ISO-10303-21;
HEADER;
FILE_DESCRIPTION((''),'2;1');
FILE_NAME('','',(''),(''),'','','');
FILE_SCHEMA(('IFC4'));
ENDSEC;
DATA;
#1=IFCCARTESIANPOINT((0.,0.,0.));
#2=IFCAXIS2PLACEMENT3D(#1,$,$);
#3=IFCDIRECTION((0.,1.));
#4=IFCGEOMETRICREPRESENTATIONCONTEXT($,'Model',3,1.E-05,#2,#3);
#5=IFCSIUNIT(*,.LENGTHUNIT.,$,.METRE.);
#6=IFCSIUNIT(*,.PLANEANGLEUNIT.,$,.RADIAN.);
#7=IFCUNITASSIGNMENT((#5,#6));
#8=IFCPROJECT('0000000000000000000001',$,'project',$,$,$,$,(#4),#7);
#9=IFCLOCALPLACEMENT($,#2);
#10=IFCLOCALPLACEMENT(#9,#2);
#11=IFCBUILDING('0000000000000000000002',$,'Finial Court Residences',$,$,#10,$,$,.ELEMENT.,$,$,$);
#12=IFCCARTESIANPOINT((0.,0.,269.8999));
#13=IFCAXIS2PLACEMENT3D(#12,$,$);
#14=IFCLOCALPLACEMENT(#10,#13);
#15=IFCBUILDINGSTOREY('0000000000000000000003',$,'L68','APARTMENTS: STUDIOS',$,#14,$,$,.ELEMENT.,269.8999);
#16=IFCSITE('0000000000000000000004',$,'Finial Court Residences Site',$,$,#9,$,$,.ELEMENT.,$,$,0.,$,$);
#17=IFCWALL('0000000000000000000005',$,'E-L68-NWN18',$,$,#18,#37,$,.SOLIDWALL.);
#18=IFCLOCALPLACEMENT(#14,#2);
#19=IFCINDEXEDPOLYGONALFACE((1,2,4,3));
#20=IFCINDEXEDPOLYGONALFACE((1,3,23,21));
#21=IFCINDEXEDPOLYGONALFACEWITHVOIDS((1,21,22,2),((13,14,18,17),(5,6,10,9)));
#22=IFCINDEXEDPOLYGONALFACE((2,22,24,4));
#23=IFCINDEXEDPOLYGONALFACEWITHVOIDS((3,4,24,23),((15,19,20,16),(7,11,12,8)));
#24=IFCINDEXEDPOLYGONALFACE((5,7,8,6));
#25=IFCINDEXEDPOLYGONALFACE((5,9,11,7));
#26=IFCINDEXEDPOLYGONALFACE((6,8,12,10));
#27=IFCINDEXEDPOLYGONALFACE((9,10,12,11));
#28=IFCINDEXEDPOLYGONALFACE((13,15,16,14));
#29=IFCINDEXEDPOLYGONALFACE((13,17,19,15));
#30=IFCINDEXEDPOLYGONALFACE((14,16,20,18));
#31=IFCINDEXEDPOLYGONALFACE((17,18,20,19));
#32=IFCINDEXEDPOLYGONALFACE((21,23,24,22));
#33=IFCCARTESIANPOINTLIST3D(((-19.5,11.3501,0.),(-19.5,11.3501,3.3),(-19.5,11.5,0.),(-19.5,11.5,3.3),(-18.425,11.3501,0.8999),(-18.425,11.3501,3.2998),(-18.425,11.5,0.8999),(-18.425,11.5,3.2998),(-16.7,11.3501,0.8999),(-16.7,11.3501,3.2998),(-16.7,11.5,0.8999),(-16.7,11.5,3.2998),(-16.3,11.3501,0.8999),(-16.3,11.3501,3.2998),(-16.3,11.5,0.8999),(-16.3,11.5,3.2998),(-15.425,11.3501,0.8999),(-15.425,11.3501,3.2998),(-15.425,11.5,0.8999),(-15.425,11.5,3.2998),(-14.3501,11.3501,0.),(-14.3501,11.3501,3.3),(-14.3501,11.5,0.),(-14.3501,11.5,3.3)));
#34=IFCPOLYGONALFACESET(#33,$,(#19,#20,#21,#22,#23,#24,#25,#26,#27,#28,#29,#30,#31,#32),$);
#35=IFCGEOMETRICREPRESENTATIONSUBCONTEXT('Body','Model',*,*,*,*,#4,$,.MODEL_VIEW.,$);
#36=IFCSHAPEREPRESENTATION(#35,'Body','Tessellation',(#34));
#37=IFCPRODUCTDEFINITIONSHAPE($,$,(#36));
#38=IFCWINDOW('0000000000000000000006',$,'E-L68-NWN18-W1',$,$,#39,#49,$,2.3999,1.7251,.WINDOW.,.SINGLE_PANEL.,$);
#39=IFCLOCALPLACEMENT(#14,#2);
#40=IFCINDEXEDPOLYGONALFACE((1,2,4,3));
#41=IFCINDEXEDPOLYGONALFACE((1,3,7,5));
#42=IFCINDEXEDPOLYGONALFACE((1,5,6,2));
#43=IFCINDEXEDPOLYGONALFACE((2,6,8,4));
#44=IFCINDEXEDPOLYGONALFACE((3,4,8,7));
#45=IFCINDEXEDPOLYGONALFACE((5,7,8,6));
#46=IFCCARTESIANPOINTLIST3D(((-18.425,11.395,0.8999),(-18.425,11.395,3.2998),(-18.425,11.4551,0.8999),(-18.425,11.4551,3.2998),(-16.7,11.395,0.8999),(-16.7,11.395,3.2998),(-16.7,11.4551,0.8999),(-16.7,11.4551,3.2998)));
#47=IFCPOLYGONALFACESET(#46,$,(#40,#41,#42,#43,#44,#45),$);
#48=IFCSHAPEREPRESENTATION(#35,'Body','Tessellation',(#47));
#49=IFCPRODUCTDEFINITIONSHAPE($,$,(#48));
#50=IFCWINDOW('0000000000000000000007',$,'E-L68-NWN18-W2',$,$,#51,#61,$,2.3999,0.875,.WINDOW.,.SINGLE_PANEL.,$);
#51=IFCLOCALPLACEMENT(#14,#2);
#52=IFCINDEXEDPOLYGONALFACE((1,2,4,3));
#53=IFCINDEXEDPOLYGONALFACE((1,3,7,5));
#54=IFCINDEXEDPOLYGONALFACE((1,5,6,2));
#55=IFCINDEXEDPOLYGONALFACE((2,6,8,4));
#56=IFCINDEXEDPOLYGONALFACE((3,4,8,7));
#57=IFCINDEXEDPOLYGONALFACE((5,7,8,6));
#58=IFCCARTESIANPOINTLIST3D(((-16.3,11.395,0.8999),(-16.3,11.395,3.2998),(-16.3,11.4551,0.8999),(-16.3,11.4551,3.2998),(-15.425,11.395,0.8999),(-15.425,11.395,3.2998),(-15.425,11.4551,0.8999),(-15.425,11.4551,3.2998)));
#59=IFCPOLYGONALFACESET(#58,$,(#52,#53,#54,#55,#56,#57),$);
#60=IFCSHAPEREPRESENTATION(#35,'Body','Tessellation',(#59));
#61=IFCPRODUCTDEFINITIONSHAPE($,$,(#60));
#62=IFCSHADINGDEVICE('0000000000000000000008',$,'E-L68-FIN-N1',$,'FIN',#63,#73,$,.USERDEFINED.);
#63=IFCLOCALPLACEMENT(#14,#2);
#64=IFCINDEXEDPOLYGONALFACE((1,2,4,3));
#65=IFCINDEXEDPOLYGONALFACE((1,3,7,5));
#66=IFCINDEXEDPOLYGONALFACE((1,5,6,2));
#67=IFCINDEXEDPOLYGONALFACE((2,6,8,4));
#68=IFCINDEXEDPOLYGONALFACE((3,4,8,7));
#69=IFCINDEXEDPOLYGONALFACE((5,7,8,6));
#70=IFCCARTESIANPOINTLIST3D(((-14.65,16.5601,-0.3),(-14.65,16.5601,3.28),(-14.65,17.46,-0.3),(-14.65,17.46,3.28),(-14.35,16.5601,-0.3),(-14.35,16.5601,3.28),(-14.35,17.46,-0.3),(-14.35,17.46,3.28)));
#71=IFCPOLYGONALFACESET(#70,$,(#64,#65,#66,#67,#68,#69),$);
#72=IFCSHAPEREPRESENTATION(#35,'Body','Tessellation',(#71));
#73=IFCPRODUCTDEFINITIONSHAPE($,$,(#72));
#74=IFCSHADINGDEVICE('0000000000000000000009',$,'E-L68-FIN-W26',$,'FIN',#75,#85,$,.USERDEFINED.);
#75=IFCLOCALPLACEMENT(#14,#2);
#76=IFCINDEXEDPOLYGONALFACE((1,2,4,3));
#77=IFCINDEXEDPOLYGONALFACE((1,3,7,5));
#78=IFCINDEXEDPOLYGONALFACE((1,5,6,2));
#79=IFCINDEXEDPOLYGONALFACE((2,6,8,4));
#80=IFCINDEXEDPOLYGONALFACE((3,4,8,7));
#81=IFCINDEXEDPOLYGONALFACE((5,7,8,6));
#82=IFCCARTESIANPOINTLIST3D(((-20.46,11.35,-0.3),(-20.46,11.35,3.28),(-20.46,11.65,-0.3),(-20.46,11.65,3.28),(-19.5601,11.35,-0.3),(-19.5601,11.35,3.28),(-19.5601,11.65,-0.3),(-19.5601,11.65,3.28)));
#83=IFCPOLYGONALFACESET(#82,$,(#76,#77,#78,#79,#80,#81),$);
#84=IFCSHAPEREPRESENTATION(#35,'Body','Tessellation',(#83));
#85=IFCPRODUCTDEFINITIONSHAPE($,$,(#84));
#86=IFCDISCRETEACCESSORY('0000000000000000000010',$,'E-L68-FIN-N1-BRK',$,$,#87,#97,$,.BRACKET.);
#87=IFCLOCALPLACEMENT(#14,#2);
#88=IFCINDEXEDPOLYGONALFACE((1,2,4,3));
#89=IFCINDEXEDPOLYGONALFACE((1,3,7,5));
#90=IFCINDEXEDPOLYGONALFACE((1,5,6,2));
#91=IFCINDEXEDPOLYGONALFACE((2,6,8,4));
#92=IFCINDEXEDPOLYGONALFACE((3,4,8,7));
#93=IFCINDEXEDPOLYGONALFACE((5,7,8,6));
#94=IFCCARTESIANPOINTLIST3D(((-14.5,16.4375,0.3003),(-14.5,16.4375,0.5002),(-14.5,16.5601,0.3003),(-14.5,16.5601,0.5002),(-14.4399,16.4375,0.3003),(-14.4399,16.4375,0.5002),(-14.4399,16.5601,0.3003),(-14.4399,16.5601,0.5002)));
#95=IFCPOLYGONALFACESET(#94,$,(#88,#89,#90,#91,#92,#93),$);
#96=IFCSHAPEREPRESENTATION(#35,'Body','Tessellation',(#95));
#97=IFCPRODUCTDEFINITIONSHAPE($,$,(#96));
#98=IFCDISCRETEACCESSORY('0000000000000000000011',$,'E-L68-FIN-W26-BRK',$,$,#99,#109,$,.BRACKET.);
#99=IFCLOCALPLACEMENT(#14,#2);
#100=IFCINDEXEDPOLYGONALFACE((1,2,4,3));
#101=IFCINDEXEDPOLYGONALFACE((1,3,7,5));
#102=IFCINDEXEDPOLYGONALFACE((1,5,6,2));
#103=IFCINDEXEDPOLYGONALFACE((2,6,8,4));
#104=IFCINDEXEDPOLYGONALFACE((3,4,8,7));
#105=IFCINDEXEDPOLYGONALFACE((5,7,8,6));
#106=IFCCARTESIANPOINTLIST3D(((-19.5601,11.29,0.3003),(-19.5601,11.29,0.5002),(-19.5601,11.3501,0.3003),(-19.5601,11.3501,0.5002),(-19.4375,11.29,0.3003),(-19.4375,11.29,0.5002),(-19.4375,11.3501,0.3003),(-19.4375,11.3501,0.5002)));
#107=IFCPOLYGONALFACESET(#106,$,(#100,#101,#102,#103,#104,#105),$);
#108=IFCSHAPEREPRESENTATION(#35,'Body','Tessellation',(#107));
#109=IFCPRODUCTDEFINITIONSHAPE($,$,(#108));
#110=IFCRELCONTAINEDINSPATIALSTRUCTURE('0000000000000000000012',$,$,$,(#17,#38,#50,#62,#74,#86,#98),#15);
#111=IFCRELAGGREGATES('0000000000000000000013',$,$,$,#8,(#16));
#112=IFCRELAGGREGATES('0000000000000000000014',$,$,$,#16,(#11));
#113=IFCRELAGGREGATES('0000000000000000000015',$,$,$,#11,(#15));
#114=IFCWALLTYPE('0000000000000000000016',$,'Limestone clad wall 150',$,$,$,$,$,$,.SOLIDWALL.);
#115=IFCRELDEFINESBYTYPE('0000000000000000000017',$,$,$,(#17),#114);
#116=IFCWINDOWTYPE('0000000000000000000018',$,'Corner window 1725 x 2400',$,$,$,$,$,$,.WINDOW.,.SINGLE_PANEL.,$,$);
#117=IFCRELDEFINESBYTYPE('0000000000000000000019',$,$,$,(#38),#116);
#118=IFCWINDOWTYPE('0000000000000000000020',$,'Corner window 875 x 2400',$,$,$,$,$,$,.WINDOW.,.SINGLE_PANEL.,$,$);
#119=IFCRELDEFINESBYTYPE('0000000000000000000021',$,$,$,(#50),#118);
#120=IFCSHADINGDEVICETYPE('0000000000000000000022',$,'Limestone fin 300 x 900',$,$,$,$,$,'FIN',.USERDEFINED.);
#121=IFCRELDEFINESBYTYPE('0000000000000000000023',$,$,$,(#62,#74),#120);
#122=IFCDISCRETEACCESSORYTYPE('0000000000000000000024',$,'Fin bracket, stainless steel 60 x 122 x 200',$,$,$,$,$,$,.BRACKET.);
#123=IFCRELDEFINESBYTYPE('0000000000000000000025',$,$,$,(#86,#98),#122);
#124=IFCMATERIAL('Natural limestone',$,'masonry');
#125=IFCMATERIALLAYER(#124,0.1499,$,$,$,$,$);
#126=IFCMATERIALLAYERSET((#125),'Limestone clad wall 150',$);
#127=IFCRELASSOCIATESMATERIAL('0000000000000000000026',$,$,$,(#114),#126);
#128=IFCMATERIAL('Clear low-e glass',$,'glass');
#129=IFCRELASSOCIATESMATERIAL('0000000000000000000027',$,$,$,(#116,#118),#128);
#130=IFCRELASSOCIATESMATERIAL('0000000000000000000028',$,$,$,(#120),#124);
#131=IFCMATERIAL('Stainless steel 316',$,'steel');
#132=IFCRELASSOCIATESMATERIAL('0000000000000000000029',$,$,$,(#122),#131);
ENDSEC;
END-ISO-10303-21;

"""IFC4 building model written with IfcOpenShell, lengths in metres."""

from ifc_helpers import new_model, si_unit, direction, frame, frame_2d, origin, origin_2d, place, context, subcontext, project, spatial, rectangle, extrude, material, layer, layer_set, type_object, element, fill, save


model = new_model("IFC4")

# Units and contexts
model_context = context("Model", 3, precision=1e-05, world=origin(), true_north=direction((0.0, 1.0)))
body_context = subcontext(model_context, "Body", "Model", "MODEL_VIEW")
ifc_project = project(units=[si_unit("LENGTHUNIT", "METRE"), si_unit("PLANEANGLEUNIT", "RADIAN")], contexts=[model_context])

# Site, building, storey
site_placement = place(None, origin())
site = spatial("IfcSite", under=ifc_project, at=site_placement, Name="Finial Court Residences Site", CompositionType="ELEMENT", RefElevation=0.0)
building_placement = place(site_placement, origin())
building = spatial("IfcBuilding", under=site, at=building_placement, Name="Finial Court Residences", CompositionType="ELEMENT")
storey_placement = place(building_placement, frame((0.0, 0.0, 269.8999)))
storey = spatial("IfcBuildingStorey", under=building, at=storey_placement, Name="L68", Description="APARTMENTS: STUDIOS", CompositionType="ELEMENT", Elevation=269.8999)

# Shared definitions
ifc_material_1 = material(Name="Clear low-e glass", Category="glass")

# Shared definitions
ifc_material_2 = material(Name="Natural limestone", Category="masonry")
ifc_layer_1 = layer(ifc_material_2, 0.1499)
ifc_layer_set_1 = layer_set([ifc_layer_1], Name="Limestone clad wall 150")
wall_type = type_object("IfcWallType", Name="Limestone clad wall 150", PredefinedType="SOLIDWALL", material=ifc_layer_set_1)

# Wall, openings, windows
wall_1_placement = place(storey_placement, frame((-19.5, 11.425, 0.0), z_axis=(0.0, 0.0, 1.0), x_axis=(1.0, 0.0, 0.0)))
wall_1 = element("IfcWall", 1, at=wall_1_placement, inside=storey, type_object=wall_type, Name="E-L68-NWN18", PredefinedType="SOLIDWALL", context=body_context, shape_type="SweptSolid", body=[
    extrude(rectangle(XDim=5.1499, YDim=0.1499, at=frame_2d((2.575, 0.0))), origin(), (0.0, 0.0, 1.0), 3.3),
])
opening_1_placement = place(wall_1_placement, frame((1.075, 0.0, 0.8999)))
opening_1 = element("IfcOpeningElement", 2, at=opening_1_placement, cuts=wall_1, PredefinedType="OPENING", context=body_context, shape_type="SweptSolid", body=[
    extrude(rectangle(XDim=1.7251, YDim=2.3999, at=frame_2d((0.8625, 1.2))), frame((0.0, 0.085, 0.0), z_axis=(0.0, -1.0, 0.0), x_axis=(1.0, 0.0, 0.0)), (0.0, 0.0, 1.0), 0.1699),
])
opening_2_placement = place(wall_1_placement, frame((3.2, 0.0, 0.8999)))
opening_2 = element("IfcOpeningElement", 3, at=opening_2_placement, cuts=wall_1, PredefinedType="OPENING", context=body_context, shape_type="SweptSolid", body=[
    extrude(rectangle(XDim=0.875, YDim=2.3999, at=frame_2d((0.4375, 1.2))), frame((0.0, 0.085, 0.0), z_axis=(0.0, -1.0, 0.0), x_axis=(1.0, 0.0, 0.0)), (0.0, 0.0, 1.0), 0.1699),
])
window_type_1 = type_object("IfcWindowType", Name="Corner window 1725 x 2400", PartitioningType="SINGLE_PANEL", PredefinedType="WINDOW", material=ifc_material_1)
window_1_placement = place(opening_1_placement, origin())
window_1 = element("IfcWindow", 4, at=window_1_placement, inside=storey, type_object=window_type_1, Name="E-L68-NWN18-W1", OverallHeight=2.3999, OverallWidth=1.7251, PartitioningType="SINGLE_PANEL", PredefinedType="WINDOW", context=body_context, shape_type="SweptSolid", body=[
    extrude(rectangle(XDim=1.7251, YDim=2.3999, at=frame_2d((0.8625, 1.2))), frame((0.0, 0.03, 0.0), z_axis=(0.0, -1.0, 0.0), x_axis=(1.0, 0.0, 0.0)), (0.0, 0.0, 1.0), 0.0601),
])
fill(opening_1, window_1)
window_type_2 = type_object("IfcWindowType", Name="Corner window 875 x 2400", PartitioningType="SINGLE_PANEL", PredefinedType="WINDOW", material=ifc_material_1)
window_2_placement = place(opening_2_placement, origin())
window_2 = element("IfcWindow", 5, at=window_2_placement, inside=storey, type_object=window_type_2, Name="E-L68-NWN18-W2", OverallHeight=2.3999, OverallWidth=0.875, PartitioningType="SINGLE_PANEL", PredefinedType="WINDOW", context=body_context, shape_type="SweptSolid", body=[
    extrude(rectangle(XDim=0.875, YDim=2.3999, at=frame_2d((0.4375, 1.2))), frame((0.0, 0.03, 0.0), z_axis=(0.0, -1.0, 0.0), x_axis=(1.0, 0.0, 0.0)), (0.0, 0.0, 1.0), 0.0601),
])
fill(opening_2, window_2)

# Shading devices
shading_device_type = type_object("IfcShadingDeviceType", Name="Limestone fin 300 x 900", ElementType="FIN", PredefinedType="USERDEFINED", material=ifc_material_2)
shading_device_1_placement = place(storey_placement, frame((-14.5, 17.01, -0.3), z_axis=(0.0, 0.0, 1.0), x_axis=(1.0, 0.0, 0.0)))
element("IfcShadingDevice", 6, at=shading_device_1_placement, inside=storey, type_object=shading_device_type, Name="E-L68-FIN-N1", ObjectType="FIN", PredefinedType="USERDEFINED", context=body_context, shape_type="SweptSolid", body=[
    extrude(rectangle(XDim=0.3, YDim=0.8999, at=origin_2d()), origin(), (0.0, 0.0, 1.0), 3.5801),
])
shading_device_2_placement = place(storey_placement, frame((-20.01, 11.5, -0.3), z_axis=(0.0, 0.0, 1.0), x_axis=(1.0, 0.0, 0.0)))
element("IfcShadingDevice", 7, at=shading_device_2_placement, inside=storey, type_object=shading_device_type, Name="E-L68-FIN-W26", ObjectType="FIN", PredefinedType="USERDEFINED", context=body_context, shape_type="SweptSolid", body=[
    extrude(rectangle(XDim=0.8999, YDim=0.3, at=origin_2d()), origin(), (0.0, 0.0, 1.0), 3.5801),
])

# Discrete accessories
ifc_material_3 = material(Name="Stainless steel 316", Category="steel")
discrete_accessory_type = type_object("IfcDiscreteAccessoryType", Name="Fin bracket, stainless steel 60 x 122 x 200", PredefinedType="BRACKET", material=ifc_material_3)
discrete_accessory_1_placement = place(storey_placement, frame((-14.47, 16.4988, 0.3003), z_axis=(0.0, 0.0, 1.0), x_axis=(1.0, 0.0, 0.0)))
element("IfcDiscreteAccessory", 8, at=discrete_accessory_1_placement, inside=storey, type_object=discrete_accessory_type, Name="E-L68-FIN-N1-BRK", PredefinedType="BRACKET", context=body_context, shape_type="SweptSolid", body=[
    extrude(rectangle(XDim=0.0601, YDim=0.1226, at=origin_2d()), origin(), (0.0, 0.0, 1.0), 0.2),
])
discrete_accessory_2_placement = place(storey_placement, frame((-19.4988, 11.3201, 0.3003), z_axis=(0.0, 0.0, 1.0), x_axis=(1.0, 0.0, 0.0)))
element("IfcDiscreteAccessory", 9, at=discrete_accessory_2_placement, inside=storey, type_object=discrete_accessory_type, Name="E-L68-FIN-W26-BRK", PredefinedType="BRACKET", context=body_context, shape_type="SweptSolid", body=[
    extrude(rectangle(XDim=0.1226, YDim=0.0601, at=origin_2d()), origin(), (0.0, 0.0, 1.0), 0.2),
])

save(model, "model.ifc")
